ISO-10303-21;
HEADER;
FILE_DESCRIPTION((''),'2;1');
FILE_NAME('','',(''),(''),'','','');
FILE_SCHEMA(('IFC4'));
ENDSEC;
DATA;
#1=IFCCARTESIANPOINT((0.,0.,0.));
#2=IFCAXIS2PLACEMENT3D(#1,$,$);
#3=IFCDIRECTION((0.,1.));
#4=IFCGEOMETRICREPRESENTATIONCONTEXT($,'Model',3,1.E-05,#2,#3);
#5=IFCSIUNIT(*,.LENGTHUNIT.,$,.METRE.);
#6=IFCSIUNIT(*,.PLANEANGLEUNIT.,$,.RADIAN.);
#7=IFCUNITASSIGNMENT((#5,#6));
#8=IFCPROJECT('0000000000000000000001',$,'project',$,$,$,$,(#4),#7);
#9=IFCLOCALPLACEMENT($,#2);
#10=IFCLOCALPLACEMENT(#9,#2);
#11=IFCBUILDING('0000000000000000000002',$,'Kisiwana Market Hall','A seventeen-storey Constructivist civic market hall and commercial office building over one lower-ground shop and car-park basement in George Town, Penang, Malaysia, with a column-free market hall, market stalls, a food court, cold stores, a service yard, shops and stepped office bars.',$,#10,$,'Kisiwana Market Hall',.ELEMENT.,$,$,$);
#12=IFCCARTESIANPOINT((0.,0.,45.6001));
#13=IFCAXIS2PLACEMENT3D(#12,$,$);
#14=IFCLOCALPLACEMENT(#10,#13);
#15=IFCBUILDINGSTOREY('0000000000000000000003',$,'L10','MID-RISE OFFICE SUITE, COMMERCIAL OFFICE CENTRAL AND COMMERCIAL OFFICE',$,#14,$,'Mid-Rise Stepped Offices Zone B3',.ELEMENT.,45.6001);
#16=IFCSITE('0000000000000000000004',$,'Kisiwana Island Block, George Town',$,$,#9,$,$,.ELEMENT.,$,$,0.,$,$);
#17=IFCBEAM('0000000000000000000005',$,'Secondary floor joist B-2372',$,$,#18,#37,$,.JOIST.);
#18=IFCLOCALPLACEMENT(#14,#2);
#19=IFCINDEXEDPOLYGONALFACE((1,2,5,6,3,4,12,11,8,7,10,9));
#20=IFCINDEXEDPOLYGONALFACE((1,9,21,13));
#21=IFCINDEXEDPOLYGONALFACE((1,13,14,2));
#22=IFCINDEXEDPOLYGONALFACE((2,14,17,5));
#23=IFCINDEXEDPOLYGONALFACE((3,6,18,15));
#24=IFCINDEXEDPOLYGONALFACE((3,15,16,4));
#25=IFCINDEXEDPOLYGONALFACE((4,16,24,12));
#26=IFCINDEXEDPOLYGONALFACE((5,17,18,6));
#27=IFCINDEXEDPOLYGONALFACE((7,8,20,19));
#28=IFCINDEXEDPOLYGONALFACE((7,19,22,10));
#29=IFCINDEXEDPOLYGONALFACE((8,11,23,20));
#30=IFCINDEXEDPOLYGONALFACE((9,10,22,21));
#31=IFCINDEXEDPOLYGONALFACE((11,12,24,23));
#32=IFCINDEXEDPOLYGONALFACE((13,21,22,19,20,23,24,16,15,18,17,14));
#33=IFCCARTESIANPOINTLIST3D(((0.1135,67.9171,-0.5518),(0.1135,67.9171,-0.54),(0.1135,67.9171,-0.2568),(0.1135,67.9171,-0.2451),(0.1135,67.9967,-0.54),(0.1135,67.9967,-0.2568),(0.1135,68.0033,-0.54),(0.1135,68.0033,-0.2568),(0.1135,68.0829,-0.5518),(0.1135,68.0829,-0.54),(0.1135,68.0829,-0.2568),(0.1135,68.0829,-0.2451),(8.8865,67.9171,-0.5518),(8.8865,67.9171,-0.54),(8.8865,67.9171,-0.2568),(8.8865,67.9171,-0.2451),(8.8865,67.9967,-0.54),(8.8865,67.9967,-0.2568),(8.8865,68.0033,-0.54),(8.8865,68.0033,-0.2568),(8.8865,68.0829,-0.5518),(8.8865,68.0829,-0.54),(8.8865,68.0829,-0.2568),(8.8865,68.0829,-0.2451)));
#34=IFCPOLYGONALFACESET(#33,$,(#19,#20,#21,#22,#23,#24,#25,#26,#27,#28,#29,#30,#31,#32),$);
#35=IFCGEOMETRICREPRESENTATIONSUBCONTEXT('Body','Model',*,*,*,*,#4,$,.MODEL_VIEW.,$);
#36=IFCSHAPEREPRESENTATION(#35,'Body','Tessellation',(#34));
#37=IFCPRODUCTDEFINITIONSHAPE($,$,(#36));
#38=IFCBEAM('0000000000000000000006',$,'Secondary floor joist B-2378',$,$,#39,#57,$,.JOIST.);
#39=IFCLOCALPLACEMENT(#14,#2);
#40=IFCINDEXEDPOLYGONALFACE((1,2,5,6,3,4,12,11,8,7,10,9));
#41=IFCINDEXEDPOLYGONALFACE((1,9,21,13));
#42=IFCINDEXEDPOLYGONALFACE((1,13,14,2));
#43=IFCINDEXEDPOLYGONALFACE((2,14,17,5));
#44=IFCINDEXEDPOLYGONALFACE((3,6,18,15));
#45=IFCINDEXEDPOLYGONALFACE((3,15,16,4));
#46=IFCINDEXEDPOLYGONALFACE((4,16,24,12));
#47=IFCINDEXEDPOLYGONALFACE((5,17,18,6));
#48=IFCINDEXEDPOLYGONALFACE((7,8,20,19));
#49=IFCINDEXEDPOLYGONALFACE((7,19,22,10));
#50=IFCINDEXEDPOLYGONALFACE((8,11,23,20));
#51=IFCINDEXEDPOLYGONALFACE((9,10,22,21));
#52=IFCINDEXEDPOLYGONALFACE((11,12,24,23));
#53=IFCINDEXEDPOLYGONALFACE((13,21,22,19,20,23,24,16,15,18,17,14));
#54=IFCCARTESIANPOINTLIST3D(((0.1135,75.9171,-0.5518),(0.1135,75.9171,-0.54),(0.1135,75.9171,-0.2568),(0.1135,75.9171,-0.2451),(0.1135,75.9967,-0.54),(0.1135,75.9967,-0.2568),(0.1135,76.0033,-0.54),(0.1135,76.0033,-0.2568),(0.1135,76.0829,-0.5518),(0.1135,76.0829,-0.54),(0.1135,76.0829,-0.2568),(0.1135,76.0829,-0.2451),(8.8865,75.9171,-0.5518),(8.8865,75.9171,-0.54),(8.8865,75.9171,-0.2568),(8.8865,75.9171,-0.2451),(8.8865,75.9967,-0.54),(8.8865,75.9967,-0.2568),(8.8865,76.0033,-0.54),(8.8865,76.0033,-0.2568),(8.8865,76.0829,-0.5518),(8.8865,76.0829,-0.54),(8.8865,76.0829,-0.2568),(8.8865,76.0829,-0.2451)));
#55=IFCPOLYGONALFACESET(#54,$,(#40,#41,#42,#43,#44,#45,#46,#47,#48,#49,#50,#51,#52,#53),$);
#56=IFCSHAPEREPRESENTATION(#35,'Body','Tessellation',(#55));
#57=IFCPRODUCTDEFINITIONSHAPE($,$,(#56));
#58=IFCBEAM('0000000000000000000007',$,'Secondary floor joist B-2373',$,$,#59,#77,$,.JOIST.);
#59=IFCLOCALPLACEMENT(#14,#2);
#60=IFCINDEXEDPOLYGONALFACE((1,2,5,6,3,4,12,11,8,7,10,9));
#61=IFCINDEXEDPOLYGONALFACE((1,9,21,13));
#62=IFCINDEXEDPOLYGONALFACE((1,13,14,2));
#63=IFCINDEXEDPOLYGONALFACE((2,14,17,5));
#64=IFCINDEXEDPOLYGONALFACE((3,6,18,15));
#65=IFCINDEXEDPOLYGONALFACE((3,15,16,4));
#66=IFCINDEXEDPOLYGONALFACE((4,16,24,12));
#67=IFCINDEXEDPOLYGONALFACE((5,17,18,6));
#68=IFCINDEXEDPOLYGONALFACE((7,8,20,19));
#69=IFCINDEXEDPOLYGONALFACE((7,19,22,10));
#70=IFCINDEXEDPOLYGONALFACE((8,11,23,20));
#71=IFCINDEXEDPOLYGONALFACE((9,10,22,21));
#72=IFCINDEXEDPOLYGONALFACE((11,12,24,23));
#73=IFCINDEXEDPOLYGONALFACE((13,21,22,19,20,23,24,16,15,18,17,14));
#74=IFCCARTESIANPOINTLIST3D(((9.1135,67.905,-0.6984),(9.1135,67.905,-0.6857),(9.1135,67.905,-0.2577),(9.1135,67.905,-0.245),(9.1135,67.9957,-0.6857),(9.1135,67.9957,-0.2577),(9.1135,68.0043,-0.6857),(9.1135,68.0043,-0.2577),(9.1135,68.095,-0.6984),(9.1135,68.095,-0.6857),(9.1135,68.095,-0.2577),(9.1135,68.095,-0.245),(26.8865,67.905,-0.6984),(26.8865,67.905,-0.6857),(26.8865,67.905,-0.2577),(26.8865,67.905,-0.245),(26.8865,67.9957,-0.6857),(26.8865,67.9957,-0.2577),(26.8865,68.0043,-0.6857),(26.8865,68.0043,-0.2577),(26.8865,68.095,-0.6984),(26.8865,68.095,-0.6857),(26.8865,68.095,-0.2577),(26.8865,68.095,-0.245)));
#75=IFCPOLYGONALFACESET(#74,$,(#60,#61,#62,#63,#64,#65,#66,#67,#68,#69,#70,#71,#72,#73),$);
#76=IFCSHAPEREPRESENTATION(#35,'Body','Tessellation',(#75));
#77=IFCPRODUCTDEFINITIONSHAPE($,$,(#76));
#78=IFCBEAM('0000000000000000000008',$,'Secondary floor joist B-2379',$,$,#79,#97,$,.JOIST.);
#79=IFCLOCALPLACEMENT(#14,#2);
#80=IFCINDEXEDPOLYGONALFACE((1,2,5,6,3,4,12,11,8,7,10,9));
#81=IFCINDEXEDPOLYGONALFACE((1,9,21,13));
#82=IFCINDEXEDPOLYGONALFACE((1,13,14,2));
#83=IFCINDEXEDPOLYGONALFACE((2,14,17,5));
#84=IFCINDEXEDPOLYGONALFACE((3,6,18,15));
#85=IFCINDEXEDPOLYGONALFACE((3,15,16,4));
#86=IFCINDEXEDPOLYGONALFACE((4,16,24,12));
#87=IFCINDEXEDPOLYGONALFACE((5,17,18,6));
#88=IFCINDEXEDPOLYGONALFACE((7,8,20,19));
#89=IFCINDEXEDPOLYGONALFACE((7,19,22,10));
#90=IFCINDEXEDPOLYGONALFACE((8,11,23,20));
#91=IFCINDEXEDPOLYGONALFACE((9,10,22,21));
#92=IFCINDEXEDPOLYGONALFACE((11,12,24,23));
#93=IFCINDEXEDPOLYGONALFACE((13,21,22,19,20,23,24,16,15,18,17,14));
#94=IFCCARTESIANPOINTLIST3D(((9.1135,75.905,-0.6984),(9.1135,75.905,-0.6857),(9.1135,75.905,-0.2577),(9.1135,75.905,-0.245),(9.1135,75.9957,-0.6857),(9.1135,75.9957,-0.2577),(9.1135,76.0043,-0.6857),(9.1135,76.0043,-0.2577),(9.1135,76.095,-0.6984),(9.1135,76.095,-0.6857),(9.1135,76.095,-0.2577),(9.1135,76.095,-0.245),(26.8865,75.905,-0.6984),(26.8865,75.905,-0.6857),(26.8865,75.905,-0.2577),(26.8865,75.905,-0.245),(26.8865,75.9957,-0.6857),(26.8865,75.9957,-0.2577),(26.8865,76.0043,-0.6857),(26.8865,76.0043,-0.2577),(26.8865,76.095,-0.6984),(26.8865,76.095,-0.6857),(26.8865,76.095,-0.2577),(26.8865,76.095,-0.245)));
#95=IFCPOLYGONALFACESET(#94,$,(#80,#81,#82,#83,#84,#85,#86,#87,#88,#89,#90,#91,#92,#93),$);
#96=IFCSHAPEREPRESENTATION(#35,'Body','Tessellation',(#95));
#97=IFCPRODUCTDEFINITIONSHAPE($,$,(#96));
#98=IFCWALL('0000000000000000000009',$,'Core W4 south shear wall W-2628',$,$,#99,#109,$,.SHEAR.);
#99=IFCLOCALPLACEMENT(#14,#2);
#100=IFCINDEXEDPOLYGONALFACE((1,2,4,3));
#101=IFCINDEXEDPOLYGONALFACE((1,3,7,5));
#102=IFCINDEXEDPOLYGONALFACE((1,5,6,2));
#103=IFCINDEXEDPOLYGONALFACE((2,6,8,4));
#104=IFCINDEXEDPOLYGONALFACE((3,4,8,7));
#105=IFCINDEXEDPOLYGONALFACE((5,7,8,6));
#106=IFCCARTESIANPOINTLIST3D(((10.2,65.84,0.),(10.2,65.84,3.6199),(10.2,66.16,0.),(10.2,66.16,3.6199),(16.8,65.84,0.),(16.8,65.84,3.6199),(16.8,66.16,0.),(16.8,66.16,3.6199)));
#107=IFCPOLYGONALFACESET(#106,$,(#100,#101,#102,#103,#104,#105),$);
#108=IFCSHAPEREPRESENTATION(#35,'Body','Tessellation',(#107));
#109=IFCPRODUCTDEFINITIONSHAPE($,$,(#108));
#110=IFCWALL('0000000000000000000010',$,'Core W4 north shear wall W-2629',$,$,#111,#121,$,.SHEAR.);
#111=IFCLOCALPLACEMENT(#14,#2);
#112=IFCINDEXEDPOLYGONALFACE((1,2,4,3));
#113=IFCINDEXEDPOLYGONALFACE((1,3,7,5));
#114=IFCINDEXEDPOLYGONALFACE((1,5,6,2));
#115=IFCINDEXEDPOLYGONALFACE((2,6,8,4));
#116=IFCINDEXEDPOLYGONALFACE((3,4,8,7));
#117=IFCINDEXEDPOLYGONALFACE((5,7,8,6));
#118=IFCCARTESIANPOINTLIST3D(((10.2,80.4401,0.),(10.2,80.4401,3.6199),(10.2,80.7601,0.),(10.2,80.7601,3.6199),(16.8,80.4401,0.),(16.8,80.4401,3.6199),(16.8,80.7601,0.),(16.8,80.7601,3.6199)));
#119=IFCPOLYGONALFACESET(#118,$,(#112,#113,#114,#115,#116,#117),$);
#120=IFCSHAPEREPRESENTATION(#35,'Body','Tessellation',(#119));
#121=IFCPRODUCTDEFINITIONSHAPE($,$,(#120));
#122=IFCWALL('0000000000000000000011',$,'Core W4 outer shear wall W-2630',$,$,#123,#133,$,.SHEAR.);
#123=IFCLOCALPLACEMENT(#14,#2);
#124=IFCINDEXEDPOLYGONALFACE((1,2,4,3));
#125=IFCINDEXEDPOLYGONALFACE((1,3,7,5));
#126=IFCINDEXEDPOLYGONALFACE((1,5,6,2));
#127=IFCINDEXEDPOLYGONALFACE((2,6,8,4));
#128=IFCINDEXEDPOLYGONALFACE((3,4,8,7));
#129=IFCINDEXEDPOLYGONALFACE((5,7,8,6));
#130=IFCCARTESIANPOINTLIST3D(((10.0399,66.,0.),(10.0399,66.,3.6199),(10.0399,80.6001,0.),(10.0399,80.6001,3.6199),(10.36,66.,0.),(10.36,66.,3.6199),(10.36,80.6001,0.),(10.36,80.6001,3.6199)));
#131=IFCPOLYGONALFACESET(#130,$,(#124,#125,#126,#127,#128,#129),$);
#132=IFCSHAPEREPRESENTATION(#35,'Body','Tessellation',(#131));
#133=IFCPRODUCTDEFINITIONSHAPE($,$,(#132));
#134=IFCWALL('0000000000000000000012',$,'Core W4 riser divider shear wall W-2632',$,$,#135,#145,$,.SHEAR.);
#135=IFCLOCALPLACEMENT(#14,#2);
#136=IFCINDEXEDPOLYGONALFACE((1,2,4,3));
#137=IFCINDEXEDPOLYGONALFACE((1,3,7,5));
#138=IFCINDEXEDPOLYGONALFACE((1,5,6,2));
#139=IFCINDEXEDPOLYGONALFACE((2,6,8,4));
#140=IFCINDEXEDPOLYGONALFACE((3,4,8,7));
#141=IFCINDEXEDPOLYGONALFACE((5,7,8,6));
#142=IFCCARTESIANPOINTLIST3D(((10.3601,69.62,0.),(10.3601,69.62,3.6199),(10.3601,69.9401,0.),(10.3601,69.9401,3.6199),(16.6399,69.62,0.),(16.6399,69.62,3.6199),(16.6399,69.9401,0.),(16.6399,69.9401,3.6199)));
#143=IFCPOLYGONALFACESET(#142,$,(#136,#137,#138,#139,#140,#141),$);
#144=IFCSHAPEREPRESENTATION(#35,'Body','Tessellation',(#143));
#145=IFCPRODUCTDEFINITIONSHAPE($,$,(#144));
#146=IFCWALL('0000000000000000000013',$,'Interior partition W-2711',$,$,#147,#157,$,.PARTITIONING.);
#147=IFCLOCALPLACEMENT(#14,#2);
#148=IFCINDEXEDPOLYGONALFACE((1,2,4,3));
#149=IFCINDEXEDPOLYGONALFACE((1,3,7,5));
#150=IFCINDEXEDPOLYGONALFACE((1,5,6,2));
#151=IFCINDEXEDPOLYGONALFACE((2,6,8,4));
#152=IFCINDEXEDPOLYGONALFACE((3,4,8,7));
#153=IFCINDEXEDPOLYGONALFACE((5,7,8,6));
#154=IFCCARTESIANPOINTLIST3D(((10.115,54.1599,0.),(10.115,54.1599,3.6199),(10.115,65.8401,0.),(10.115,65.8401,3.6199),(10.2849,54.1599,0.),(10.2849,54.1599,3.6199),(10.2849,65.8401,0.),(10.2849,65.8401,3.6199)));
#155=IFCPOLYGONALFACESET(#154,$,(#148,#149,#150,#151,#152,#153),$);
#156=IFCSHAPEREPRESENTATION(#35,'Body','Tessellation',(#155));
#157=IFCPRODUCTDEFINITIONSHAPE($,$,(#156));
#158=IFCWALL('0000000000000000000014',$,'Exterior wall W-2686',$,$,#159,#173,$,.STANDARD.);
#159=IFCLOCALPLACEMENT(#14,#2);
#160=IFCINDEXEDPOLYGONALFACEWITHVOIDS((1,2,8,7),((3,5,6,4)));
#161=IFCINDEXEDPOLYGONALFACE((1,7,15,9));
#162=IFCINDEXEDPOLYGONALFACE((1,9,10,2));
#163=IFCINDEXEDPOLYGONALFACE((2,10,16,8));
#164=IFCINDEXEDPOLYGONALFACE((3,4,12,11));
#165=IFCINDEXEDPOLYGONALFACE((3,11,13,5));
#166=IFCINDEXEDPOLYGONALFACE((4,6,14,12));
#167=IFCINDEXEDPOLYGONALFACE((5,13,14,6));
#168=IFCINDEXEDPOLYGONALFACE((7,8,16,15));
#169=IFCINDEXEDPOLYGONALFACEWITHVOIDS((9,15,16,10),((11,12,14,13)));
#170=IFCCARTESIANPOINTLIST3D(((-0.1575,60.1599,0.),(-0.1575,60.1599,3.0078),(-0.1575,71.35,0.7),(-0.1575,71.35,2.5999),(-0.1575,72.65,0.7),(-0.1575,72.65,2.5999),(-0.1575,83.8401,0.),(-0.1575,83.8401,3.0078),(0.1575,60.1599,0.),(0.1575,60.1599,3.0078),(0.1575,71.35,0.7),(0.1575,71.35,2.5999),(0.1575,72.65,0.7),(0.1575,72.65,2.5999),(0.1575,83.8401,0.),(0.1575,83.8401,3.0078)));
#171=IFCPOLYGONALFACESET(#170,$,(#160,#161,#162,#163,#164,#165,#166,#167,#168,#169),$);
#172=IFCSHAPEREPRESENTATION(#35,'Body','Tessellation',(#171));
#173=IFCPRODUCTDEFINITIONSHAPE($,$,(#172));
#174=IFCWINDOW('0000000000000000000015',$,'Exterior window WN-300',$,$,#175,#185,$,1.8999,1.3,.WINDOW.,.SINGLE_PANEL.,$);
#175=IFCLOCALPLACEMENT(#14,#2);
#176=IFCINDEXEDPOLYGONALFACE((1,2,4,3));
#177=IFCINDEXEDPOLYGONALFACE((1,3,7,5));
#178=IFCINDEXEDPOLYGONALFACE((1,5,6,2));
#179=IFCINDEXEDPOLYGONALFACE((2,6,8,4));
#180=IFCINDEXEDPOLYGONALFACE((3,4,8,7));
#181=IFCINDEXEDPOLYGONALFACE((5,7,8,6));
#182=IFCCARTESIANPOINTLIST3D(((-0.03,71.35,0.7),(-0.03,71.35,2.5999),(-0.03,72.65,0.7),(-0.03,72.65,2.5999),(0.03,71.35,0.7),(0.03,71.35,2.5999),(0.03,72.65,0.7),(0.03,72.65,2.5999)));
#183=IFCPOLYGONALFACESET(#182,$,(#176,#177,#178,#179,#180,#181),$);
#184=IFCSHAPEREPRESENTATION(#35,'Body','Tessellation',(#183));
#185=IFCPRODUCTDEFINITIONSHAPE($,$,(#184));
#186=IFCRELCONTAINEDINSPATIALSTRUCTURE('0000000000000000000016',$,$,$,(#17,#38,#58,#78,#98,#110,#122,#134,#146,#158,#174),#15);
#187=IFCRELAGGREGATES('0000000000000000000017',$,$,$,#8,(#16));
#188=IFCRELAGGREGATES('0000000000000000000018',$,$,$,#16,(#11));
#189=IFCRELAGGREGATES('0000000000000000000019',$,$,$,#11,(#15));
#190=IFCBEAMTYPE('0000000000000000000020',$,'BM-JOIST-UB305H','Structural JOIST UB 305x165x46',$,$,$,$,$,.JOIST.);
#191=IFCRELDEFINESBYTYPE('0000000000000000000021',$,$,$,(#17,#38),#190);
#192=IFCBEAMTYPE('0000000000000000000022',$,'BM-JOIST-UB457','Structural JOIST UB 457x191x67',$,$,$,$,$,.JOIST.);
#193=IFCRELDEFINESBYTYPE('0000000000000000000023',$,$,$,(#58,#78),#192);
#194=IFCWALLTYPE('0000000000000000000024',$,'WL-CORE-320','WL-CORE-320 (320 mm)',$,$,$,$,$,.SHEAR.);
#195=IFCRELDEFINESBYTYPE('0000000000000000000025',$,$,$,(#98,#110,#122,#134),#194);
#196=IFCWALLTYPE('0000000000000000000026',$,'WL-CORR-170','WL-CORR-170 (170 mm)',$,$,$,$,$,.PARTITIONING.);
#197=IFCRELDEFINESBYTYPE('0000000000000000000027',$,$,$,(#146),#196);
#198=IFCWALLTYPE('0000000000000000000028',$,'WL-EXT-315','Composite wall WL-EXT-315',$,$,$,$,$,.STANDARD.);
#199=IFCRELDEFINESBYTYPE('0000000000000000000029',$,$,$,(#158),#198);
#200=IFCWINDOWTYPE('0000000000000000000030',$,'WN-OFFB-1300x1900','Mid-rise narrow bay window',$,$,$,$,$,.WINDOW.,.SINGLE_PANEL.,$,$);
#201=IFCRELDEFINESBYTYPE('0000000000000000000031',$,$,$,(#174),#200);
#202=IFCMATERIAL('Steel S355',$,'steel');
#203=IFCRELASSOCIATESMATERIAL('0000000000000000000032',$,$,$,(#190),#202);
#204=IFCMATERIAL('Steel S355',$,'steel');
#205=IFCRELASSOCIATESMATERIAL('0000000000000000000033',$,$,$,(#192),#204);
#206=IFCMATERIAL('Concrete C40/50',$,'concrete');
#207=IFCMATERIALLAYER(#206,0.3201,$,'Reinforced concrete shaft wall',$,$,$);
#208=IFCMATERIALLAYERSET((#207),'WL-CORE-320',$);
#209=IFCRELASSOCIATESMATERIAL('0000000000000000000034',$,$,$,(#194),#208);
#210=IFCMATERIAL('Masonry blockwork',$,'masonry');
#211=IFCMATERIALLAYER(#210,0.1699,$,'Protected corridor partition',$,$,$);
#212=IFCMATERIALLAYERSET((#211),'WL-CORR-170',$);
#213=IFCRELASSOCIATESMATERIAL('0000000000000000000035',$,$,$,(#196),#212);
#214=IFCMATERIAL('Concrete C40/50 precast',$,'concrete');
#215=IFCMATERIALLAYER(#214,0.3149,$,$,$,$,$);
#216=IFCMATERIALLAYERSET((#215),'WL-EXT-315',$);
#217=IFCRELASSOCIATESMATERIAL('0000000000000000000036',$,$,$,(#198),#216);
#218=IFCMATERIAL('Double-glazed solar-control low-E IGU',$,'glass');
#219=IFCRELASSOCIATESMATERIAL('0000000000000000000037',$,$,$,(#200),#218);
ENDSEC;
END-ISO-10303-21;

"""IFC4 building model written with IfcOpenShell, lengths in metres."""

from ifc_helpers import new_model, si_unit, direction, frame, frame_2d, origin, origin_2d, place, context, subcontext, project, spatial, rectangle, i_section, extrude, material, layer, layer_set, material_profile, profile_set, type_object, element, fill, save


model = new_model("IFC4")

# Units and contexts
model_context = context("Model", 3, precision=1e-05, world=origin(), true_north=direction((0.0, 1.0)))
body_context = subcontext(model_context, "Body", "Model", "MODEL_VIEW")
ifc_project = project(units=[si_unit("LENGTHUNIT", "METRE"), si_unit("PLANEANGLEUNIT", "RADIAN")], contexts=[model_context])

# Site, building, storey
site_placement = place(None, origin())
site = spatial("IfcSite", under=ifc_project, at=site_placement, Name="Kisiwana Island Block, George Town", CompositionType="ELEMENT", RefElevation=0.0)
building_placement = place(site_placement, origin())
building = spatial("IfcBuilding", under=site, at=building_placement, Name="Kisiwana Market Hall", Description="A seventeen-storey Constructivist civic market hall and commercial office building over one lower-ground shop and car-park basement in George Town, Penang, Malaysia, with a column-free market hall, market stalls, a food court, cold stores, a service yard, shops and stepped office bars.", LongName="Kisiwana Market Hall", CompositionType="ELEMENT")
storey_placement = place(building_placement, frame((0.0, 0.0, 45.6001)))
storey = spatial("IfcBuildingStorey", under=building, at=storey_placement, Name="L10", Description="MID-RISE OFFICE SUITE, COMMERCIAL OFFICE CENTRAL AND COMMERCIAL OFFICE", LongName="Mid-Rise Stepped Offices Zone B3", CompositionType="ELEMENT", Elevation=45.6001)

# Beams
ifc_material_1 = material(Name="Steel S355", Category="steel")
ifc_material_profile_1 = material_profile(ifc_material_1, i_section(OverallWidth=0.1658, OverallDepth=0.3066, WebThickness=0.0066, FlangeThickness=0.0117, at=origin_2d()), Name="UB 305x165x46")
ifc_profile_set_1 = profile_set([ifc_material_profile_1], Name="Steel S355")
beam_type_1 = type_object("IfcBeamType", Name="BM-JOIST-UB305H", Description="Structural JOIST UB 305x165x46", PredefinedType="JOIST", material=ifc_profile_set_1)
for number, where, z_axis, x_axis, name in (
    (1, (0.1135, 68.0, -0.3984), (1.0, 0.0, 0.0), (0.0, 1.0, 0.0), "Secondary floor joist B-2372"),
    (2, (0.1135, 76.0, -0.3984), (1.0, 0.0, 0.0), (0.0, 1.0, 0.0), "Secondary floor joist B-2378"),
):
    element("IfcBeam", number, at=place(storey_placement, frame(where, z_axis=z_axis, x_axis=x_axis)), inside=storey, type_object=beam_type_1, Name=name, PredefinedType="JOIST", context=body_context, shape_type="SweptSolid", body=[
        extrude(i_section(OverallWidth=0.1658, OverallDepth=0.3066, WebThickness=0.0066, FlangeThickness=0.0117, at=origin_2d()), origin(), (0.0, 0.0, 1.0), 8.7729),
    ])
ifc_material_2 = material(Name="Steel S355", Category="steel")
ifc_material_profile_2 = material_profile(ifc_material_2, i_section(OverallWidth=0.1899, OverallDepth=0.4534, WebThickness=0.0085, FlangeThickness=0.0127, at=origin_2d()), Name="UB 457x191x67")
ifc_profile_set_2 = profile_set([ifc_material_profile_2], Name="Steel S355")
beam_type_2 = type_object("IfcBeamType", Name="BM-JOIST-UB457", Description="Structural JOIST UB 457x191x67", PredefinedType="JOIST", material=ifc_profile_set_2)
for number, where, z_axis, x_axis, name in (
    (3, (9.1135, 68.0, -0.4717), (1.0, 0.0, 0.0), (0.0, 1.0, 0.0), "Secondary floor joist B-2373"),
    (4, (9.1135, 76.0, -0.4717), (1.0, 0.0, 0.0), (0.0, 1.0, 0.0), "Secondary floor joist B-2379"),
):
    element("IfcBeam", number, at=place(storey_placement, frame(where, z_axis=z_axis, x_axis=x_axis)), inside=storey, type_object=beam_type_2, Name=name, PredefinedType="JOIST", context=body_context, shape_type="SweptSolid", body=[
        extrude(i_section(OverallWidth=0.1899, OverallDepth=0.4534, WebThickness=0.0085, FlangeThickness=0.0127, at=origin_2d()), origin(), (0.0, 0.0, 1.0), 17.7729),
    ])

# Walls
ifc_material_3 = material(Name="Concrete C40/50", Category="concrete")
ifc_layer_1 = layer(ifc_material_3, 0.3201, Name="Reinforced concrete shaft wall")
ifc_layer_set_1 = layer_set([ifc_layer_1], Name="WL-CORE-320")
wall_type_1 = type_object("IfcWallType", Name="WL-CORE-320", Description="WL-CORE-320 (320 mm)", PredefinedType="SHEAR", material=ifc_layer_set_1)
for number, where, z_axis, x_axis, name in (
    (5, (10.2, 66.0, 0.0), (0.0, 0.0, 1.0), (1.0, 0.0, 0.0), "Core W4 south shear wall W-2628"),
    (6, (10.2, 80.6001, 0.0), (0.0, 0.0, 1.0), (1.0, 0.0, 0.0), "Core W4 north shear wall W-2629"),
):
    element("IfcWall", number, at=place(storey_placement, frame(where, z_axis=z_axis, x_axis=x_axis)), inside=storey, type_object=wall_type_1, Name=name, PredefinedType="SHEAR", context=body_context, shape_type="SweptSolid", body=[
        extrude(rectangle(XDim=6.6001, YDim=0.3201, at=frame_2d((3.3, 0.0))), origin(), (0.0, 0.0, 1.0), 3.6199),
    ])
wall_1_placement = place(storey_placement, frame((10.2, 66.0, 0.0), z_axis=(0.0, 0.0, 1.0), x_axis=(0.0, 1.0, 0.0)))
element("IfcWall", 7, at=wall_1_placement, inside=storey, type_object=wall_type_1, Name="Core W4 outer shear wall W-2630", PredefinedType="SHEAR", context=body_context, shape_type="SweptSolid", body=[
    extrude(rectangle(XDim=14.6001, YDim=0.3201, at=frame_2d((7.3, 0.0))), origin(), (0.0, 0.0, 1.0), 3.6199),
])
wall_2_placement = place(storey_placement, frame((10.3601, 69.78, 0.0), z_axis=(0.0, 0.0, 1.0), x_axis=(1.0, 0.0, 0.0)))
element("IfcWall", 8, at=wall_2_placement, inside=storey, type_object=wall_type_1, Name="Core W4 riser divider shear wall W-2632", PredefinedType="SHEAR", context=body_context, shape_type="SweptSolid", body=[
    extrude(rectangle(XDim=6.2798, YDim=0.3201, at=frame_2d((3.1399, 0.0))), origin(), (0.0, 0.0, 1.0), 3.6199),
])
ifc_material_4 = material(Name="Masonry blockwork", Category="masonry")
ifc_layer_2 = layer(ifc_material_4, 0.1699, Name="Protected corridor partition")
ifc_layer_set_2 = layer_set([ifc_layer_2], Name="WL-CORR-170")
wall_type_2 = type_object("IfcWallType", Name="WL-CORR-170", Description="WL-CORR-170 (170 mm)", PredefinedType="PARTITIONING", material=ifc_layer_set_2)
wall_3_placement = place(storey_placement, frame((10.2, 54.1599, 0.0), z_axis=(0.0, 0.0, 1.0), x_axis=(0.0, 1.0, 0.0)))
element("IfcWall", 9, at=wall_3_placement, inside=storey, type_object=wall_type_2, Name="Interior partition W-2711", PredefinedType="PARTITIONING", context=body_context, shape_type="SweptSolid", body=[
    extrude(rectangle(XDim=11.6802, YDim=0.1699, at=frame_2d((5.8401, 0.0))), origin(), (0.0, 0.0, 1.0), 3.6199),
])

# Wall, opening, window
ifc_material_5 = material(Name="Concrete C40/50 precast", Category="concrete")
ifc_layer_3 = layer(ifc_material_5, 0.3149)
ifc_layer_set_3 = layer_set([ifc_layer_3], Name="WL-EXT-315")
wall_type_3 = type_object("IfcWallType", Name="WL-EXT-315", Description="Composite wall WL-EXT-315", PredefinedType="STANDARD", material=ifc_layer_set_3)
wall_4_placement = place(storey_placement, frame((0.0, 60.1599, 0.0), z_axis=(0.0, 0.0, 1.0), x_axis=(0.0, 1.0, 0.0)))
wall_4 = element("IfcWall", 10, at=wall_4_placement, inside=storey, type_object=wall_type_3, Name="Exterior wall W-2686", PredefinedType="STANDARD", context=body_context, shape_type="SweptSolid", body=[
    extrude(rectangle(XDim=23.6802, YDim=0.3149, at=frame_2d((11.8401, 0.0))), origin(), (0.0, 0.0, 1.0), 3.0078),
])
opening_placement = place(wall_4_placement, frame((11.1902, 0.0, 0.7)))
opening = element("IfcOpeningElement", 11, at=opening_placement, cuts=wall_4, PredefinedType="OPENING", context=body_context, shape_type="SweptSolid", body=[
    extrude(rectangle(XDim=1.3, YDim=1.8999, at=frame_2d((0.6499, 0.95))), frame((0.0, 0.1694, 0.0), z_axis=(0.0, -1.0, 0.0), x_axis=(1.0, 0.0, 0.0)), (0.0, 0.0, 1.0), 0.3389),
])
ifc_material_6 = material(Name="Double-glazed solar-control low-E IGU", Category="glass")
window_type = type_object("IfcWindowType", Name="WN-OFFB-1300x1900", Description="Mid-rise narrow bay window", PartitioningType="SINGLE_PANEL", PredefinedType="WINDOW", material=ifc_material_6)
window_placement = place(opening_placement, origin())
window = element("IfcWindow", 12, at=window_placement, inside=storey, type_object=window_type, Name="Exterior window WN-300", OverallHeight=1.8999, OverallWidth=1.3, PartitioningType="SINGLE_PANEL", PredefinedType="WINDOW", context=body_context, shape_type="SweptSolid", body=[
    extrude(rectangle(XDim=1.3, YDim=1.8999, at=frame_2d((0.6499, 0.95))), frame((0.0, 0.03, 0.0), z_axis=(0.0, -1.0, 0.0), x_axis=(1.0, 0.0, 0.0)), (0.0, 0.0, 1.0), 0.0601),
])
fill(opening, window)

save(model, "model.ifc")
